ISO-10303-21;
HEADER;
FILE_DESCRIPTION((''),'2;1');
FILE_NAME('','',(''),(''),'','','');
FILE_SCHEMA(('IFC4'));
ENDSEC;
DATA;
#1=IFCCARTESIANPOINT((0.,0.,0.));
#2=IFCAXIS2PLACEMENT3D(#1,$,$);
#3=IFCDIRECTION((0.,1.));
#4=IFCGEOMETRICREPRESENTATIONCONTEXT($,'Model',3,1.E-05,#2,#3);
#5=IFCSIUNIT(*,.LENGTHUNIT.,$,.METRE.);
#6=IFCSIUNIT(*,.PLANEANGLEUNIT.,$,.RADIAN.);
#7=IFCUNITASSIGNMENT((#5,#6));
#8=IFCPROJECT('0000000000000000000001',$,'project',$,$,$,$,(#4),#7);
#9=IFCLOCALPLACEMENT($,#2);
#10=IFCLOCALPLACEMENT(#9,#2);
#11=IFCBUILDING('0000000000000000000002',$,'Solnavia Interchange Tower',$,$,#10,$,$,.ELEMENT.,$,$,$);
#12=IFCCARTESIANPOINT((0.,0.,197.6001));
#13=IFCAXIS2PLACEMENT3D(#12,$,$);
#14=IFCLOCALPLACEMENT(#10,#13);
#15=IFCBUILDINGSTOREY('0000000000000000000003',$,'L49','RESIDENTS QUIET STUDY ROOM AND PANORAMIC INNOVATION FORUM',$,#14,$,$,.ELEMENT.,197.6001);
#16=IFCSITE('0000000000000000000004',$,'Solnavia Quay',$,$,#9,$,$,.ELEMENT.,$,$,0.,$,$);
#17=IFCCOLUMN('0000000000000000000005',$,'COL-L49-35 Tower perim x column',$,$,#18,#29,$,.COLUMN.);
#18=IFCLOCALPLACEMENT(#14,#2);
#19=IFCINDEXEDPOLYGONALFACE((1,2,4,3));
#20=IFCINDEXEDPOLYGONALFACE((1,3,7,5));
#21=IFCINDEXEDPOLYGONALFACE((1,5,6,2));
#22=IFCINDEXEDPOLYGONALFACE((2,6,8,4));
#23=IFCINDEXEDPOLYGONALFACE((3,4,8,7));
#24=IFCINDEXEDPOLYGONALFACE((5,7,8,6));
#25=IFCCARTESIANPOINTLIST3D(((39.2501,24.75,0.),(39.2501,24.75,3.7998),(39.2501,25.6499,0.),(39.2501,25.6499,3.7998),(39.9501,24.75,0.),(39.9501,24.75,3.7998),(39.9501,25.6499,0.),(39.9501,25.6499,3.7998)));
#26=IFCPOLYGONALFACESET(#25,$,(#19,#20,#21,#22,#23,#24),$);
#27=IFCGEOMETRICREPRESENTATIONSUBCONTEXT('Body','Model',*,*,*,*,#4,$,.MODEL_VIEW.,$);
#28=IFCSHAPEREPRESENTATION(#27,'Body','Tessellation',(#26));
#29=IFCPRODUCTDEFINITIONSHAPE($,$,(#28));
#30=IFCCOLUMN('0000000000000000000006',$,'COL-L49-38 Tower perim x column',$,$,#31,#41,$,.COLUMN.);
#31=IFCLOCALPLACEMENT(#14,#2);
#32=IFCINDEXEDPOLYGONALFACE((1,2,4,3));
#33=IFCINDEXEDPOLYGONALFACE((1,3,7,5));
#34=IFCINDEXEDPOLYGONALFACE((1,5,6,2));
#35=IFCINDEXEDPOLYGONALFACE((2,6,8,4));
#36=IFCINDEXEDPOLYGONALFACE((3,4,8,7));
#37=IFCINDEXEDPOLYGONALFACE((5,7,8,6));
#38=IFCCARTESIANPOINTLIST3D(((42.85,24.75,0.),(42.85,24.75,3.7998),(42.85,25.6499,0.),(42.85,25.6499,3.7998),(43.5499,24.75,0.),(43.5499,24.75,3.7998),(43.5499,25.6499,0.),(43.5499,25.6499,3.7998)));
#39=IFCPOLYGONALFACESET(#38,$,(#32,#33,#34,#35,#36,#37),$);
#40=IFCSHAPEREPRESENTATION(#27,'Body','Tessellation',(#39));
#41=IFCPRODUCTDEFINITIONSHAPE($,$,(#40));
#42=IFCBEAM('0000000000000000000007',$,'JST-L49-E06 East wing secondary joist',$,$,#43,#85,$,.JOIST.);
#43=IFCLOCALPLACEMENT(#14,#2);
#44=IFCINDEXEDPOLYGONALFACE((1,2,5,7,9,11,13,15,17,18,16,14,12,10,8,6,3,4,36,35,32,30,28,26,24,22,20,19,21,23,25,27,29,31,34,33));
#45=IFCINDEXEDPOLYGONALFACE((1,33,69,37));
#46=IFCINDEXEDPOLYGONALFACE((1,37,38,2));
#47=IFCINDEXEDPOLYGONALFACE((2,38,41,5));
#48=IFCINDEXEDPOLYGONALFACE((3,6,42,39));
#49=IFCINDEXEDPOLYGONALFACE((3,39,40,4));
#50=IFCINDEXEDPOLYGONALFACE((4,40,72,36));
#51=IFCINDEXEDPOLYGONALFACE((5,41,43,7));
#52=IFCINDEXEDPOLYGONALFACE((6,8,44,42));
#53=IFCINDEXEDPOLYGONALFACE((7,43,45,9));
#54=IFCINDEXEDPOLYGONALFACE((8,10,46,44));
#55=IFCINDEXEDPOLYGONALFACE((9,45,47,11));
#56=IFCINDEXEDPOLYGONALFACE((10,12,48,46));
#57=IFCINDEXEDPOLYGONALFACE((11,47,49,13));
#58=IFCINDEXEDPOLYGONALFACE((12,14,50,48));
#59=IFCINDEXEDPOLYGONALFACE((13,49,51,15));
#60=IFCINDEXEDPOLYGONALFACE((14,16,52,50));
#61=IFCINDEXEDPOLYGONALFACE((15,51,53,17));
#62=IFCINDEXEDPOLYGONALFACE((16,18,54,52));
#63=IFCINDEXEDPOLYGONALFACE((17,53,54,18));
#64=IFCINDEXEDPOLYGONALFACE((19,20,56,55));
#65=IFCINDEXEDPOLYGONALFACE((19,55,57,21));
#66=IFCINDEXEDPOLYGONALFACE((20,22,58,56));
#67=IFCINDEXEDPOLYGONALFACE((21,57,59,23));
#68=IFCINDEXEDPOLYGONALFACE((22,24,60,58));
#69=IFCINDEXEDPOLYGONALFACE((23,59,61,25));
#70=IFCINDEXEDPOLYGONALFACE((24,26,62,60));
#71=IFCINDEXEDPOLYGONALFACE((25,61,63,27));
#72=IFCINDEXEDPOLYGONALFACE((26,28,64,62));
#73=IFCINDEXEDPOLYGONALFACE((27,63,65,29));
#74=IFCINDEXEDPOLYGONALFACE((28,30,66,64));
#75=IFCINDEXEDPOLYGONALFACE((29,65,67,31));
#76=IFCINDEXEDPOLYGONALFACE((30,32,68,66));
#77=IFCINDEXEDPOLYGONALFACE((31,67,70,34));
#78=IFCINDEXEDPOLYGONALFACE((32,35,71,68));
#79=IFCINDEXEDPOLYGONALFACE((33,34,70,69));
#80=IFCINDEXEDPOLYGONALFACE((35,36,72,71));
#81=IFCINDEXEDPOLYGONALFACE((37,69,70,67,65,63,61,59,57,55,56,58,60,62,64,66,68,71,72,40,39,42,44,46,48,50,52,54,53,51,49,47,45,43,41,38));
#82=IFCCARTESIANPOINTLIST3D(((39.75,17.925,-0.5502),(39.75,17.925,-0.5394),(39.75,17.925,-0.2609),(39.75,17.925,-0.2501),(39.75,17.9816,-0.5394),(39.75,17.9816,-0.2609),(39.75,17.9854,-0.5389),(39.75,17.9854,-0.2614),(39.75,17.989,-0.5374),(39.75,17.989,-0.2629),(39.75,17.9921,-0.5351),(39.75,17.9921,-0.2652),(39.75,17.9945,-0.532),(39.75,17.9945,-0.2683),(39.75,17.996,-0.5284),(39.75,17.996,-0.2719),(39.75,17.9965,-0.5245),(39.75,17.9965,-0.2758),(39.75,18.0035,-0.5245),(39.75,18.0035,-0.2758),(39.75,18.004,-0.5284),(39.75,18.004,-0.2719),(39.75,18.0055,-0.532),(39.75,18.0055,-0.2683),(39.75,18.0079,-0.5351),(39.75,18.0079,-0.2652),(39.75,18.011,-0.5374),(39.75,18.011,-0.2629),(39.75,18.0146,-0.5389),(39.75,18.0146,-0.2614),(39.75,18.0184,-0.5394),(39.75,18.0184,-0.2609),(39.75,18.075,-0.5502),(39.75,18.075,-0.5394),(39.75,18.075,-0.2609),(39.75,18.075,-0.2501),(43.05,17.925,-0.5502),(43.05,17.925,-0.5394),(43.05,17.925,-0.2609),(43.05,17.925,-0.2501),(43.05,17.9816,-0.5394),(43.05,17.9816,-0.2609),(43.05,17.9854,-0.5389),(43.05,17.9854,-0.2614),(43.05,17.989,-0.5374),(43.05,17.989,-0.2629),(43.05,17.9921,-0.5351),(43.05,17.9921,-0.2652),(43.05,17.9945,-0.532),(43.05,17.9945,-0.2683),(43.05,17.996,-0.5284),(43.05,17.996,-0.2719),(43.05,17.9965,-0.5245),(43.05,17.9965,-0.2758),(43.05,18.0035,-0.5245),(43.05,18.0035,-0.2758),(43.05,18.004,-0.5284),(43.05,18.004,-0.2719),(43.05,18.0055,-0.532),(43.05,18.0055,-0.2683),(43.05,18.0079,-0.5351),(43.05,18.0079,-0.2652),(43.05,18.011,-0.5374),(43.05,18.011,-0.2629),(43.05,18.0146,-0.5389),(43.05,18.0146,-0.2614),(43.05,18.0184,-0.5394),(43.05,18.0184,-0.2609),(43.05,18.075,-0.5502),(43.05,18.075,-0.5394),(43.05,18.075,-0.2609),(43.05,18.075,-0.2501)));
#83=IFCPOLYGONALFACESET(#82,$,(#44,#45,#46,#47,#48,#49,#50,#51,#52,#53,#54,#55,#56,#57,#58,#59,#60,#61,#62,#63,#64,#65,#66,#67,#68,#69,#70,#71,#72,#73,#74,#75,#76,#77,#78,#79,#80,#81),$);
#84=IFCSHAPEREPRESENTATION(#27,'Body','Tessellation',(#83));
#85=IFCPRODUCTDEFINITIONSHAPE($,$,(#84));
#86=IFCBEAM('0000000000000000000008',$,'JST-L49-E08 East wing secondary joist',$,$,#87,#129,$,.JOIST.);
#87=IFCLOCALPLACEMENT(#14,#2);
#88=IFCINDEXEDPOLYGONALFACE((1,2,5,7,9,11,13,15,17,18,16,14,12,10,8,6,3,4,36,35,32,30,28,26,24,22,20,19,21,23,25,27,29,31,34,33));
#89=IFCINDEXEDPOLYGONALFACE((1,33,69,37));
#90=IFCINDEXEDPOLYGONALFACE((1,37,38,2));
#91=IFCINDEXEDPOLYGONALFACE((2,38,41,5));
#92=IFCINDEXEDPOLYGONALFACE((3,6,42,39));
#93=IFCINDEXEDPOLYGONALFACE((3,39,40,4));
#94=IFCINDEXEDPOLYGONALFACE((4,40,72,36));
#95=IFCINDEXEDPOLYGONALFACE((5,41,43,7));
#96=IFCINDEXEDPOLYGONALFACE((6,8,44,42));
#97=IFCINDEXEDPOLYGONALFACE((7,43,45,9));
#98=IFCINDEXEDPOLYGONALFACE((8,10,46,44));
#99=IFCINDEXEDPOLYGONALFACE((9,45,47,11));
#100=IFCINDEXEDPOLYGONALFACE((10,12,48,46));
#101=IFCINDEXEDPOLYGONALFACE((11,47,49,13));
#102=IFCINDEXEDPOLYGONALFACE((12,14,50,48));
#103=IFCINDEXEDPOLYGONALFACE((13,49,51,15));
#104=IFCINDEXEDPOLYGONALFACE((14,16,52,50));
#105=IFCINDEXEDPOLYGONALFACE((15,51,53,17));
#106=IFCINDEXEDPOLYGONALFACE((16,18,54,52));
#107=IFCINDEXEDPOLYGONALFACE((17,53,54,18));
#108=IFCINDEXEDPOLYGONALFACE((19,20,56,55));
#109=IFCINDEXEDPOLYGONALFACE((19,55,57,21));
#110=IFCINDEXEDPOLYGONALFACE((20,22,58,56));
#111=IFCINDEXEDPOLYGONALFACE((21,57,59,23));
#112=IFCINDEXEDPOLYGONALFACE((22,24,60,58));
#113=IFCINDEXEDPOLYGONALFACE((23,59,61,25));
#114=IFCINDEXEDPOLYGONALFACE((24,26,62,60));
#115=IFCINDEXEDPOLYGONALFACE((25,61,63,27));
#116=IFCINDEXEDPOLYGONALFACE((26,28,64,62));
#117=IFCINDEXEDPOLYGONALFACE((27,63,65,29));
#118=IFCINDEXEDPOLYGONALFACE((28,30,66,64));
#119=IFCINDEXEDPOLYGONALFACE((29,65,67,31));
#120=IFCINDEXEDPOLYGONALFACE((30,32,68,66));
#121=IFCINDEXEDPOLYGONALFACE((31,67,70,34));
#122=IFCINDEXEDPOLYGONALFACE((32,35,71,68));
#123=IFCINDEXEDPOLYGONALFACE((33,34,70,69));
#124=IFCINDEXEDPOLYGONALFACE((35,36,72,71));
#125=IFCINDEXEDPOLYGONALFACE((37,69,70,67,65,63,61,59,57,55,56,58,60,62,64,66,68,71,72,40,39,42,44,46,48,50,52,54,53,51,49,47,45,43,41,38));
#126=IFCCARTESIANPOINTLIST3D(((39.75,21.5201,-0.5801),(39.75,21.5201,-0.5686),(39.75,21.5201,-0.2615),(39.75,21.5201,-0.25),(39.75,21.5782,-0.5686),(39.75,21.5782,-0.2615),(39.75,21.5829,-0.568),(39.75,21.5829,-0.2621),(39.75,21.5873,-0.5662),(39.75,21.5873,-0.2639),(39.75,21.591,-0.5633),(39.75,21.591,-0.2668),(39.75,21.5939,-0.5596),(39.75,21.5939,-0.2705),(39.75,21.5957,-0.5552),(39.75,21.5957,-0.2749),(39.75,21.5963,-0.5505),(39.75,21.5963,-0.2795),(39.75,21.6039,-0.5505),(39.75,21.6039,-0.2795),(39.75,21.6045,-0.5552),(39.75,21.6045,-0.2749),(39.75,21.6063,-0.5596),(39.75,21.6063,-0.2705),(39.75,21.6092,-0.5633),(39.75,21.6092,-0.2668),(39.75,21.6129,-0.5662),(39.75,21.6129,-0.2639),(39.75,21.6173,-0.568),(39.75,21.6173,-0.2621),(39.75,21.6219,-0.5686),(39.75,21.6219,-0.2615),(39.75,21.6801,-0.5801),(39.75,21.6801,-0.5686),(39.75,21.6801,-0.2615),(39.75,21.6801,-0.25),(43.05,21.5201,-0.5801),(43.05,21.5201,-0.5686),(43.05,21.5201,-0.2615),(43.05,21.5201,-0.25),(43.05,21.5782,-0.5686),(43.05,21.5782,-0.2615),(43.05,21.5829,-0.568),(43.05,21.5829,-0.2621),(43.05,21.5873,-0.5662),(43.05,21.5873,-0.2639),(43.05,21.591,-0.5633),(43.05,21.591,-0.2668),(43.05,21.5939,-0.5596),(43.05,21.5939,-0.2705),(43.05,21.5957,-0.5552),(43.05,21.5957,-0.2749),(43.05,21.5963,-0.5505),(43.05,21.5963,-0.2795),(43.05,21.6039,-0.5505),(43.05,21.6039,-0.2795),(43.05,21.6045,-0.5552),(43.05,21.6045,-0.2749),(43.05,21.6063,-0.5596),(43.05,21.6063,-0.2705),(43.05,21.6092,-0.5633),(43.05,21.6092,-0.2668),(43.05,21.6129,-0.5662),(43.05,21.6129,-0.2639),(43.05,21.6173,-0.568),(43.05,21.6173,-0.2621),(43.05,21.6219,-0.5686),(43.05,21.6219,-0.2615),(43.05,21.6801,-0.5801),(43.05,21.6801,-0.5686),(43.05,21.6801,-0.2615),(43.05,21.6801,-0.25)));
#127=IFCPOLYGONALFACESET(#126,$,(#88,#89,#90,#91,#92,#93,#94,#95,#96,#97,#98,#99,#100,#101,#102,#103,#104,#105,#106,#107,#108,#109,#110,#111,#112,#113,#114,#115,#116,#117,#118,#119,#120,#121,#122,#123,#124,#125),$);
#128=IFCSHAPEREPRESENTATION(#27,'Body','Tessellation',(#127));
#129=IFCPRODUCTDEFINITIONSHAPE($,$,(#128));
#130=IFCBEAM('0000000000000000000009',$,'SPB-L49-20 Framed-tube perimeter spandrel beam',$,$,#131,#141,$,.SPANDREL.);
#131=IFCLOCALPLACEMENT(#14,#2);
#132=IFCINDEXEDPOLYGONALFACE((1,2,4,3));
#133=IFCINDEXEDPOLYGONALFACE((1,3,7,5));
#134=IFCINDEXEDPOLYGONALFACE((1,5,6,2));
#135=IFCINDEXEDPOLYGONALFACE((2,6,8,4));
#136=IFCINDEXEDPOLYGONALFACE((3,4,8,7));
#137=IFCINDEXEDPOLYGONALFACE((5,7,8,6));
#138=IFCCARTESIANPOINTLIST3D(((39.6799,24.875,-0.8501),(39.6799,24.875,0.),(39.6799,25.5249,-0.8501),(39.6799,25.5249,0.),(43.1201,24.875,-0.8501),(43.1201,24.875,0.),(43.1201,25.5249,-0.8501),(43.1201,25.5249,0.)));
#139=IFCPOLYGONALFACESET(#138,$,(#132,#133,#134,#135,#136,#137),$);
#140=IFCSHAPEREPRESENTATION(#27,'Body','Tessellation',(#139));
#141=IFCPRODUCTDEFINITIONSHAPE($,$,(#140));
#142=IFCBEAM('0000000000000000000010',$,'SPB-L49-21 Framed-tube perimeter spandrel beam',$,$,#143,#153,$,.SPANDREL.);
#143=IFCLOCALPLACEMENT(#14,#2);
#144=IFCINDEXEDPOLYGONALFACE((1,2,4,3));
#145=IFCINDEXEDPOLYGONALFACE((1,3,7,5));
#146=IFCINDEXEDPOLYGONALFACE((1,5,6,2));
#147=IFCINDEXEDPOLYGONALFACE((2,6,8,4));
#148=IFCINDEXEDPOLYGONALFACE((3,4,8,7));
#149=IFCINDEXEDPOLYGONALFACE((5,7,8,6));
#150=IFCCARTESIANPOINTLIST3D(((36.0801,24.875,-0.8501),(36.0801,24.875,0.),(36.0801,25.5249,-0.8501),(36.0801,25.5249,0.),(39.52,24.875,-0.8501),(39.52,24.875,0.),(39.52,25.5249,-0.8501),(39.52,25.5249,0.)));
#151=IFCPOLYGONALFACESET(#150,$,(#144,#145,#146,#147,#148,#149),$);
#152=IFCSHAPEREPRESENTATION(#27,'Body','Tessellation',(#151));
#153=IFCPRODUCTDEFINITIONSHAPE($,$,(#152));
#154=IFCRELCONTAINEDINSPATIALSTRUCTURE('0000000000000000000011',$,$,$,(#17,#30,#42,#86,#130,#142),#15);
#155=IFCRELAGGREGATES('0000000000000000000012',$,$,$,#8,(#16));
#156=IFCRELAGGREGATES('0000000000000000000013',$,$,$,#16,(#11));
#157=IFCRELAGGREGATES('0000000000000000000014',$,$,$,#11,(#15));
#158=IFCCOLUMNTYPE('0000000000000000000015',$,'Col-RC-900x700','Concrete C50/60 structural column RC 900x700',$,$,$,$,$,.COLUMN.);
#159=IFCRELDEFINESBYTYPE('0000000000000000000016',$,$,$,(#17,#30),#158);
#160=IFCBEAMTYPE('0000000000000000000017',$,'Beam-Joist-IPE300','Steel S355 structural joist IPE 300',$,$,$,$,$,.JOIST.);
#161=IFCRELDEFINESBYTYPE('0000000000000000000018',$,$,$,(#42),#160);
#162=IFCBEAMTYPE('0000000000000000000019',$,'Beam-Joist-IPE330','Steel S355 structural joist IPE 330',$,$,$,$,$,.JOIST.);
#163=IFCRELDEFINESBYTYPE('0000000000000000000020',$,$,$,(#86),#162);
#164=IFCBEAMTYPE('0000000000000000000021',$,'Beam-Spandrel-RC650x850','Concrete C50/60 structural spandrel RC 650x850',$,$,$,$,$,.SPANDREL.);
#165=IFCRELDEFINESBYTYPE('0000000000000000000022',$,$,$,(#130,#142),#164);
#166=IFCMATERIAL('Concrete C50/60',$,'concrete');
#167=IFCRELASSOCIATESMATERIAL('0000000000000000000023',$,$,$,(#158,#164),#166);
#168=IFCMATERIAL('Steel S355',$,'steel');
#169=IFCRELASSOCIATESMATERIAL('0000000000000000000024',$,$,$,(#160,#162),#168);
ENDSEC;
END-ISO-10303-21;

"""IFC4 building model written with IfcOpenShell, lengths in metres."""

from ifc_helpers import new_model, si_unit, direction, frame, origin, origin_2d, place, context, subcontext, project, spatial, rectangle, i_section, extrude, material, material_profile, profile_set, type_object, element, save


model = new_model("IFC4")

# Units and contexts
model_context = context("Model", 3, precision=1e-05, world=origin(), true_north=direction((0.0, 1.0)))
body_context = subcontext(model_context, "Body", "Model", "MODEL_VIEW")
ifc_project = project(units=[si_unit("LENGTHUNIT", "METRE"), si_unit("PLANEANGLEUNIT", "RADIAN")], contexts=[model_context])

# Site, building, storey
site_placement = place(None, origin())
site = spatial("IfcSite", under=ifc_project, at=site_placement, Name="Solnavia Quay", CompositionType="ELEMENT", RefElevation=0.0)
building_placement = place(site_placement, origin())
building = spatial("IfcBuilding", under=site, at=building_placement, Name="Solnavia Interchange Tower", CompositionType="ELEMENT")
storey_placement = place(building_placement, frame((0.0, 0.0, 197.6001)))
storey = spatial("IfcBuildingStorey", under=building, at=storey_placement, Name="L49", Description="RESIDENTS QUIET STUDY ROOM AND PANORAMIC INNOVATION FORUM", CompositionType="ELEMENT", Elevation=197.6001)

# Columns
ifc_material_1 = material(Name="Concrete C50/60", Category="concrete")
ifc_material_profile_1 = material_profile(ifc_material_1, rectangle(XDim=0.7, YDim=0.8999, at=origin_2d()), Name="RC 900x700")
ifc_profile_set_1 = profile_set([ifc_material_profile_1], Name="Concrete C50/60")
column_type = type_object("IfcColumnType", Name="Col-RC-900x700", Description="Concrete C50/60 structural column RC 900x700", PredefinedType="COLUMN", material=ifc_profile_set_1)
for number, where, z_axis, x_axis, name in (
    (1, (39.6001, 25.2, 0.0), (0.0, 0.0, 1.0), (1.0, 0.0, 0.0), "COL-L49-35 Tower perim x column"),
    (2, (43.2, 25.2, 0.0), (0.0, 0.0, 1.0), (1.0, 0.0, 0.0), "COL-L49-38 Tower perim x column"),
):
    element("IfcColumn", number, at=place(storey_placement, frame(where, z_axis=z_axis, x_axis=x_axis)), inside=storey, type_object=column_type, Name=name, PredefinedType="COLUMN", context=body_context, shape_type="SweptSolid", body=[
        extrude(rectangle(XDim=0.7, YDim=0.8999, at=origin_2d()), origin(), (0.0, 0.0, 1.0), 3.7998),
    ])

# Beams
ifc_material_2 = material(Name="Steel S355", Category="steel")
ifc_material_profile_2 = material_profile(ifc_material_2, i_section(OverallWidth=0.1499, OverallDepth=0.3, WebThickness=0.0071, FlangeThickness=0.0107, FilletRadius=0.0149, at=origin_2d()), Name="IPE 300")
ifc_profile_set_2 = profile_set([ifc_material_profile_2], Name="Steel S355")
beam_type_1 = type_object("IfcBeamType", Name="Beam-Joist-IPE300", Description="Steel S355 structural joist IPE 300", PredefinedType="JOIST", material=ifc_profile_set_2)
beam_1_placement = place(storey_placement, frame((39.75, 18.0, -0.4001), z_axis=(1.0, 0.0, 0.0), x_axis=(0.0, 1.0, 0.0)))
element("IfcBeam", 3, at=beam_1_placement, inside=storey, type_object=beam_type_1, Name="JST-L49-E06 East wing secondary joist", PredefinedType="JOIST", context=body_context, shape_type="SweptSolid", body=[
    extrude(i_section(OverallWidth=0.1499, OverallDepth=0.3, WebThickness=0.0071, FlangeThickness=0.0107, FilletRadius=0.0149, at=origin_2d()), origin(), (0.0, 0.0, 1.0), 3.3),
])
ifc_material_profile_3 = material_profile(ifc_material_2, i_section(OverallWidth=0.1599, OverallDepth=0.3301, WebThickness=0.0076, FlangeThickness=0.0115, FilletRadius=0.0181, at=origin_2d()), Name="IPE 330")
ifc_profile_set_3 = profile_set([ifc_material_profile_3], Name="Steel S355")
beam_type_2 = type_object("IfcBeamType", Name="Beam-Joist-IPE330", Description="Steel S355 structural joist IPE 330", PredefinedType="JOIST", material=ifc_profile_set_3)
beam_2_placement = place(storey_placement, frame((39.75, 21.6001, -0.415), z_axis=(1.0, 0.0, 0.0), x_axis=(0.0, 1.0, 0.0)))
element("IfcBeam", 4, at=beam_2_placement, inside=storey, type_object=beam_type_2, Name="JST-L49-E08 East wing secondary joist", PredefinedType="JOIST", context=body_context, shape_type="SweptSolid", body=[
    extrude(i_section(OverallWidth=0.1599, OverallDepth=0.3301, WebThickness=0.0076, FlangeThickness=0.0115, FilletRadius=0.0181, at=origin_2d()), origin(), (0.0, 0.0, 1.0), 3.3),
])
ifc_material_profile_4 = material_profile(ifc_material_1, rectangle(XDim=0.6499, YDim=0.8501, at=origin_2d()), Name="RC 650x850")
ifc_profile_set_4 = profile_set([ifc_material_profile_4], Name="Concrete C50/60")
beam_type_3 = type_object("IfcBeamType", Name="Beam-Spandrel-RC650x850", Description="Concrete C50/60 structural spandrel RC 650x850", PredefinedType="SPANDREL", material=ifc_profile_set_4)
beam_3_placement = place(storey_placement, frame((43.1201, 25.2, -0.425), z_axis=(-1.0, 0.0, 0.0), x_axis=(0.0, -1.0, 0.0)))
element("IfcBeam", 5, at=beam_3_placement, inside=storey, type_object=beam_type_3, Name="SPB-L49-20 Framed-tube perimeter spandrel beam", PredefinedType="SPANDREL", context=body_context, shape_type="SweptSolid", body=[
    extrude(rectangle(XDim=0.6499, YDim=0.8501, at=origin_2d()), origin(), (0.0, 0.0, 1.0), 3.4402),
])
beam_4_placement = place(storey_placement, frame((39.52, 25.2, -0.425), z_axis=(-1.0, 0.0, 0.0), x_axis=(0.0, -1.0, 0.0)))
element("IfcBeam", 6, at=beam_4_placement, inside=storey, type_object=beam_type_3, Name="SPB-L49-21 Framed-tube perimeter spandrel beam", PredefinedType="SPANDREL", context=body_context, shape_type="SweptSolid", body=[
    extrude(rectangle(XDim=0.6499, YDim=0.8501, at=origin_2d()), origin(), (0.0, 0.0, 1.0), 3.4399),
])

save(model, "model.ifc")
